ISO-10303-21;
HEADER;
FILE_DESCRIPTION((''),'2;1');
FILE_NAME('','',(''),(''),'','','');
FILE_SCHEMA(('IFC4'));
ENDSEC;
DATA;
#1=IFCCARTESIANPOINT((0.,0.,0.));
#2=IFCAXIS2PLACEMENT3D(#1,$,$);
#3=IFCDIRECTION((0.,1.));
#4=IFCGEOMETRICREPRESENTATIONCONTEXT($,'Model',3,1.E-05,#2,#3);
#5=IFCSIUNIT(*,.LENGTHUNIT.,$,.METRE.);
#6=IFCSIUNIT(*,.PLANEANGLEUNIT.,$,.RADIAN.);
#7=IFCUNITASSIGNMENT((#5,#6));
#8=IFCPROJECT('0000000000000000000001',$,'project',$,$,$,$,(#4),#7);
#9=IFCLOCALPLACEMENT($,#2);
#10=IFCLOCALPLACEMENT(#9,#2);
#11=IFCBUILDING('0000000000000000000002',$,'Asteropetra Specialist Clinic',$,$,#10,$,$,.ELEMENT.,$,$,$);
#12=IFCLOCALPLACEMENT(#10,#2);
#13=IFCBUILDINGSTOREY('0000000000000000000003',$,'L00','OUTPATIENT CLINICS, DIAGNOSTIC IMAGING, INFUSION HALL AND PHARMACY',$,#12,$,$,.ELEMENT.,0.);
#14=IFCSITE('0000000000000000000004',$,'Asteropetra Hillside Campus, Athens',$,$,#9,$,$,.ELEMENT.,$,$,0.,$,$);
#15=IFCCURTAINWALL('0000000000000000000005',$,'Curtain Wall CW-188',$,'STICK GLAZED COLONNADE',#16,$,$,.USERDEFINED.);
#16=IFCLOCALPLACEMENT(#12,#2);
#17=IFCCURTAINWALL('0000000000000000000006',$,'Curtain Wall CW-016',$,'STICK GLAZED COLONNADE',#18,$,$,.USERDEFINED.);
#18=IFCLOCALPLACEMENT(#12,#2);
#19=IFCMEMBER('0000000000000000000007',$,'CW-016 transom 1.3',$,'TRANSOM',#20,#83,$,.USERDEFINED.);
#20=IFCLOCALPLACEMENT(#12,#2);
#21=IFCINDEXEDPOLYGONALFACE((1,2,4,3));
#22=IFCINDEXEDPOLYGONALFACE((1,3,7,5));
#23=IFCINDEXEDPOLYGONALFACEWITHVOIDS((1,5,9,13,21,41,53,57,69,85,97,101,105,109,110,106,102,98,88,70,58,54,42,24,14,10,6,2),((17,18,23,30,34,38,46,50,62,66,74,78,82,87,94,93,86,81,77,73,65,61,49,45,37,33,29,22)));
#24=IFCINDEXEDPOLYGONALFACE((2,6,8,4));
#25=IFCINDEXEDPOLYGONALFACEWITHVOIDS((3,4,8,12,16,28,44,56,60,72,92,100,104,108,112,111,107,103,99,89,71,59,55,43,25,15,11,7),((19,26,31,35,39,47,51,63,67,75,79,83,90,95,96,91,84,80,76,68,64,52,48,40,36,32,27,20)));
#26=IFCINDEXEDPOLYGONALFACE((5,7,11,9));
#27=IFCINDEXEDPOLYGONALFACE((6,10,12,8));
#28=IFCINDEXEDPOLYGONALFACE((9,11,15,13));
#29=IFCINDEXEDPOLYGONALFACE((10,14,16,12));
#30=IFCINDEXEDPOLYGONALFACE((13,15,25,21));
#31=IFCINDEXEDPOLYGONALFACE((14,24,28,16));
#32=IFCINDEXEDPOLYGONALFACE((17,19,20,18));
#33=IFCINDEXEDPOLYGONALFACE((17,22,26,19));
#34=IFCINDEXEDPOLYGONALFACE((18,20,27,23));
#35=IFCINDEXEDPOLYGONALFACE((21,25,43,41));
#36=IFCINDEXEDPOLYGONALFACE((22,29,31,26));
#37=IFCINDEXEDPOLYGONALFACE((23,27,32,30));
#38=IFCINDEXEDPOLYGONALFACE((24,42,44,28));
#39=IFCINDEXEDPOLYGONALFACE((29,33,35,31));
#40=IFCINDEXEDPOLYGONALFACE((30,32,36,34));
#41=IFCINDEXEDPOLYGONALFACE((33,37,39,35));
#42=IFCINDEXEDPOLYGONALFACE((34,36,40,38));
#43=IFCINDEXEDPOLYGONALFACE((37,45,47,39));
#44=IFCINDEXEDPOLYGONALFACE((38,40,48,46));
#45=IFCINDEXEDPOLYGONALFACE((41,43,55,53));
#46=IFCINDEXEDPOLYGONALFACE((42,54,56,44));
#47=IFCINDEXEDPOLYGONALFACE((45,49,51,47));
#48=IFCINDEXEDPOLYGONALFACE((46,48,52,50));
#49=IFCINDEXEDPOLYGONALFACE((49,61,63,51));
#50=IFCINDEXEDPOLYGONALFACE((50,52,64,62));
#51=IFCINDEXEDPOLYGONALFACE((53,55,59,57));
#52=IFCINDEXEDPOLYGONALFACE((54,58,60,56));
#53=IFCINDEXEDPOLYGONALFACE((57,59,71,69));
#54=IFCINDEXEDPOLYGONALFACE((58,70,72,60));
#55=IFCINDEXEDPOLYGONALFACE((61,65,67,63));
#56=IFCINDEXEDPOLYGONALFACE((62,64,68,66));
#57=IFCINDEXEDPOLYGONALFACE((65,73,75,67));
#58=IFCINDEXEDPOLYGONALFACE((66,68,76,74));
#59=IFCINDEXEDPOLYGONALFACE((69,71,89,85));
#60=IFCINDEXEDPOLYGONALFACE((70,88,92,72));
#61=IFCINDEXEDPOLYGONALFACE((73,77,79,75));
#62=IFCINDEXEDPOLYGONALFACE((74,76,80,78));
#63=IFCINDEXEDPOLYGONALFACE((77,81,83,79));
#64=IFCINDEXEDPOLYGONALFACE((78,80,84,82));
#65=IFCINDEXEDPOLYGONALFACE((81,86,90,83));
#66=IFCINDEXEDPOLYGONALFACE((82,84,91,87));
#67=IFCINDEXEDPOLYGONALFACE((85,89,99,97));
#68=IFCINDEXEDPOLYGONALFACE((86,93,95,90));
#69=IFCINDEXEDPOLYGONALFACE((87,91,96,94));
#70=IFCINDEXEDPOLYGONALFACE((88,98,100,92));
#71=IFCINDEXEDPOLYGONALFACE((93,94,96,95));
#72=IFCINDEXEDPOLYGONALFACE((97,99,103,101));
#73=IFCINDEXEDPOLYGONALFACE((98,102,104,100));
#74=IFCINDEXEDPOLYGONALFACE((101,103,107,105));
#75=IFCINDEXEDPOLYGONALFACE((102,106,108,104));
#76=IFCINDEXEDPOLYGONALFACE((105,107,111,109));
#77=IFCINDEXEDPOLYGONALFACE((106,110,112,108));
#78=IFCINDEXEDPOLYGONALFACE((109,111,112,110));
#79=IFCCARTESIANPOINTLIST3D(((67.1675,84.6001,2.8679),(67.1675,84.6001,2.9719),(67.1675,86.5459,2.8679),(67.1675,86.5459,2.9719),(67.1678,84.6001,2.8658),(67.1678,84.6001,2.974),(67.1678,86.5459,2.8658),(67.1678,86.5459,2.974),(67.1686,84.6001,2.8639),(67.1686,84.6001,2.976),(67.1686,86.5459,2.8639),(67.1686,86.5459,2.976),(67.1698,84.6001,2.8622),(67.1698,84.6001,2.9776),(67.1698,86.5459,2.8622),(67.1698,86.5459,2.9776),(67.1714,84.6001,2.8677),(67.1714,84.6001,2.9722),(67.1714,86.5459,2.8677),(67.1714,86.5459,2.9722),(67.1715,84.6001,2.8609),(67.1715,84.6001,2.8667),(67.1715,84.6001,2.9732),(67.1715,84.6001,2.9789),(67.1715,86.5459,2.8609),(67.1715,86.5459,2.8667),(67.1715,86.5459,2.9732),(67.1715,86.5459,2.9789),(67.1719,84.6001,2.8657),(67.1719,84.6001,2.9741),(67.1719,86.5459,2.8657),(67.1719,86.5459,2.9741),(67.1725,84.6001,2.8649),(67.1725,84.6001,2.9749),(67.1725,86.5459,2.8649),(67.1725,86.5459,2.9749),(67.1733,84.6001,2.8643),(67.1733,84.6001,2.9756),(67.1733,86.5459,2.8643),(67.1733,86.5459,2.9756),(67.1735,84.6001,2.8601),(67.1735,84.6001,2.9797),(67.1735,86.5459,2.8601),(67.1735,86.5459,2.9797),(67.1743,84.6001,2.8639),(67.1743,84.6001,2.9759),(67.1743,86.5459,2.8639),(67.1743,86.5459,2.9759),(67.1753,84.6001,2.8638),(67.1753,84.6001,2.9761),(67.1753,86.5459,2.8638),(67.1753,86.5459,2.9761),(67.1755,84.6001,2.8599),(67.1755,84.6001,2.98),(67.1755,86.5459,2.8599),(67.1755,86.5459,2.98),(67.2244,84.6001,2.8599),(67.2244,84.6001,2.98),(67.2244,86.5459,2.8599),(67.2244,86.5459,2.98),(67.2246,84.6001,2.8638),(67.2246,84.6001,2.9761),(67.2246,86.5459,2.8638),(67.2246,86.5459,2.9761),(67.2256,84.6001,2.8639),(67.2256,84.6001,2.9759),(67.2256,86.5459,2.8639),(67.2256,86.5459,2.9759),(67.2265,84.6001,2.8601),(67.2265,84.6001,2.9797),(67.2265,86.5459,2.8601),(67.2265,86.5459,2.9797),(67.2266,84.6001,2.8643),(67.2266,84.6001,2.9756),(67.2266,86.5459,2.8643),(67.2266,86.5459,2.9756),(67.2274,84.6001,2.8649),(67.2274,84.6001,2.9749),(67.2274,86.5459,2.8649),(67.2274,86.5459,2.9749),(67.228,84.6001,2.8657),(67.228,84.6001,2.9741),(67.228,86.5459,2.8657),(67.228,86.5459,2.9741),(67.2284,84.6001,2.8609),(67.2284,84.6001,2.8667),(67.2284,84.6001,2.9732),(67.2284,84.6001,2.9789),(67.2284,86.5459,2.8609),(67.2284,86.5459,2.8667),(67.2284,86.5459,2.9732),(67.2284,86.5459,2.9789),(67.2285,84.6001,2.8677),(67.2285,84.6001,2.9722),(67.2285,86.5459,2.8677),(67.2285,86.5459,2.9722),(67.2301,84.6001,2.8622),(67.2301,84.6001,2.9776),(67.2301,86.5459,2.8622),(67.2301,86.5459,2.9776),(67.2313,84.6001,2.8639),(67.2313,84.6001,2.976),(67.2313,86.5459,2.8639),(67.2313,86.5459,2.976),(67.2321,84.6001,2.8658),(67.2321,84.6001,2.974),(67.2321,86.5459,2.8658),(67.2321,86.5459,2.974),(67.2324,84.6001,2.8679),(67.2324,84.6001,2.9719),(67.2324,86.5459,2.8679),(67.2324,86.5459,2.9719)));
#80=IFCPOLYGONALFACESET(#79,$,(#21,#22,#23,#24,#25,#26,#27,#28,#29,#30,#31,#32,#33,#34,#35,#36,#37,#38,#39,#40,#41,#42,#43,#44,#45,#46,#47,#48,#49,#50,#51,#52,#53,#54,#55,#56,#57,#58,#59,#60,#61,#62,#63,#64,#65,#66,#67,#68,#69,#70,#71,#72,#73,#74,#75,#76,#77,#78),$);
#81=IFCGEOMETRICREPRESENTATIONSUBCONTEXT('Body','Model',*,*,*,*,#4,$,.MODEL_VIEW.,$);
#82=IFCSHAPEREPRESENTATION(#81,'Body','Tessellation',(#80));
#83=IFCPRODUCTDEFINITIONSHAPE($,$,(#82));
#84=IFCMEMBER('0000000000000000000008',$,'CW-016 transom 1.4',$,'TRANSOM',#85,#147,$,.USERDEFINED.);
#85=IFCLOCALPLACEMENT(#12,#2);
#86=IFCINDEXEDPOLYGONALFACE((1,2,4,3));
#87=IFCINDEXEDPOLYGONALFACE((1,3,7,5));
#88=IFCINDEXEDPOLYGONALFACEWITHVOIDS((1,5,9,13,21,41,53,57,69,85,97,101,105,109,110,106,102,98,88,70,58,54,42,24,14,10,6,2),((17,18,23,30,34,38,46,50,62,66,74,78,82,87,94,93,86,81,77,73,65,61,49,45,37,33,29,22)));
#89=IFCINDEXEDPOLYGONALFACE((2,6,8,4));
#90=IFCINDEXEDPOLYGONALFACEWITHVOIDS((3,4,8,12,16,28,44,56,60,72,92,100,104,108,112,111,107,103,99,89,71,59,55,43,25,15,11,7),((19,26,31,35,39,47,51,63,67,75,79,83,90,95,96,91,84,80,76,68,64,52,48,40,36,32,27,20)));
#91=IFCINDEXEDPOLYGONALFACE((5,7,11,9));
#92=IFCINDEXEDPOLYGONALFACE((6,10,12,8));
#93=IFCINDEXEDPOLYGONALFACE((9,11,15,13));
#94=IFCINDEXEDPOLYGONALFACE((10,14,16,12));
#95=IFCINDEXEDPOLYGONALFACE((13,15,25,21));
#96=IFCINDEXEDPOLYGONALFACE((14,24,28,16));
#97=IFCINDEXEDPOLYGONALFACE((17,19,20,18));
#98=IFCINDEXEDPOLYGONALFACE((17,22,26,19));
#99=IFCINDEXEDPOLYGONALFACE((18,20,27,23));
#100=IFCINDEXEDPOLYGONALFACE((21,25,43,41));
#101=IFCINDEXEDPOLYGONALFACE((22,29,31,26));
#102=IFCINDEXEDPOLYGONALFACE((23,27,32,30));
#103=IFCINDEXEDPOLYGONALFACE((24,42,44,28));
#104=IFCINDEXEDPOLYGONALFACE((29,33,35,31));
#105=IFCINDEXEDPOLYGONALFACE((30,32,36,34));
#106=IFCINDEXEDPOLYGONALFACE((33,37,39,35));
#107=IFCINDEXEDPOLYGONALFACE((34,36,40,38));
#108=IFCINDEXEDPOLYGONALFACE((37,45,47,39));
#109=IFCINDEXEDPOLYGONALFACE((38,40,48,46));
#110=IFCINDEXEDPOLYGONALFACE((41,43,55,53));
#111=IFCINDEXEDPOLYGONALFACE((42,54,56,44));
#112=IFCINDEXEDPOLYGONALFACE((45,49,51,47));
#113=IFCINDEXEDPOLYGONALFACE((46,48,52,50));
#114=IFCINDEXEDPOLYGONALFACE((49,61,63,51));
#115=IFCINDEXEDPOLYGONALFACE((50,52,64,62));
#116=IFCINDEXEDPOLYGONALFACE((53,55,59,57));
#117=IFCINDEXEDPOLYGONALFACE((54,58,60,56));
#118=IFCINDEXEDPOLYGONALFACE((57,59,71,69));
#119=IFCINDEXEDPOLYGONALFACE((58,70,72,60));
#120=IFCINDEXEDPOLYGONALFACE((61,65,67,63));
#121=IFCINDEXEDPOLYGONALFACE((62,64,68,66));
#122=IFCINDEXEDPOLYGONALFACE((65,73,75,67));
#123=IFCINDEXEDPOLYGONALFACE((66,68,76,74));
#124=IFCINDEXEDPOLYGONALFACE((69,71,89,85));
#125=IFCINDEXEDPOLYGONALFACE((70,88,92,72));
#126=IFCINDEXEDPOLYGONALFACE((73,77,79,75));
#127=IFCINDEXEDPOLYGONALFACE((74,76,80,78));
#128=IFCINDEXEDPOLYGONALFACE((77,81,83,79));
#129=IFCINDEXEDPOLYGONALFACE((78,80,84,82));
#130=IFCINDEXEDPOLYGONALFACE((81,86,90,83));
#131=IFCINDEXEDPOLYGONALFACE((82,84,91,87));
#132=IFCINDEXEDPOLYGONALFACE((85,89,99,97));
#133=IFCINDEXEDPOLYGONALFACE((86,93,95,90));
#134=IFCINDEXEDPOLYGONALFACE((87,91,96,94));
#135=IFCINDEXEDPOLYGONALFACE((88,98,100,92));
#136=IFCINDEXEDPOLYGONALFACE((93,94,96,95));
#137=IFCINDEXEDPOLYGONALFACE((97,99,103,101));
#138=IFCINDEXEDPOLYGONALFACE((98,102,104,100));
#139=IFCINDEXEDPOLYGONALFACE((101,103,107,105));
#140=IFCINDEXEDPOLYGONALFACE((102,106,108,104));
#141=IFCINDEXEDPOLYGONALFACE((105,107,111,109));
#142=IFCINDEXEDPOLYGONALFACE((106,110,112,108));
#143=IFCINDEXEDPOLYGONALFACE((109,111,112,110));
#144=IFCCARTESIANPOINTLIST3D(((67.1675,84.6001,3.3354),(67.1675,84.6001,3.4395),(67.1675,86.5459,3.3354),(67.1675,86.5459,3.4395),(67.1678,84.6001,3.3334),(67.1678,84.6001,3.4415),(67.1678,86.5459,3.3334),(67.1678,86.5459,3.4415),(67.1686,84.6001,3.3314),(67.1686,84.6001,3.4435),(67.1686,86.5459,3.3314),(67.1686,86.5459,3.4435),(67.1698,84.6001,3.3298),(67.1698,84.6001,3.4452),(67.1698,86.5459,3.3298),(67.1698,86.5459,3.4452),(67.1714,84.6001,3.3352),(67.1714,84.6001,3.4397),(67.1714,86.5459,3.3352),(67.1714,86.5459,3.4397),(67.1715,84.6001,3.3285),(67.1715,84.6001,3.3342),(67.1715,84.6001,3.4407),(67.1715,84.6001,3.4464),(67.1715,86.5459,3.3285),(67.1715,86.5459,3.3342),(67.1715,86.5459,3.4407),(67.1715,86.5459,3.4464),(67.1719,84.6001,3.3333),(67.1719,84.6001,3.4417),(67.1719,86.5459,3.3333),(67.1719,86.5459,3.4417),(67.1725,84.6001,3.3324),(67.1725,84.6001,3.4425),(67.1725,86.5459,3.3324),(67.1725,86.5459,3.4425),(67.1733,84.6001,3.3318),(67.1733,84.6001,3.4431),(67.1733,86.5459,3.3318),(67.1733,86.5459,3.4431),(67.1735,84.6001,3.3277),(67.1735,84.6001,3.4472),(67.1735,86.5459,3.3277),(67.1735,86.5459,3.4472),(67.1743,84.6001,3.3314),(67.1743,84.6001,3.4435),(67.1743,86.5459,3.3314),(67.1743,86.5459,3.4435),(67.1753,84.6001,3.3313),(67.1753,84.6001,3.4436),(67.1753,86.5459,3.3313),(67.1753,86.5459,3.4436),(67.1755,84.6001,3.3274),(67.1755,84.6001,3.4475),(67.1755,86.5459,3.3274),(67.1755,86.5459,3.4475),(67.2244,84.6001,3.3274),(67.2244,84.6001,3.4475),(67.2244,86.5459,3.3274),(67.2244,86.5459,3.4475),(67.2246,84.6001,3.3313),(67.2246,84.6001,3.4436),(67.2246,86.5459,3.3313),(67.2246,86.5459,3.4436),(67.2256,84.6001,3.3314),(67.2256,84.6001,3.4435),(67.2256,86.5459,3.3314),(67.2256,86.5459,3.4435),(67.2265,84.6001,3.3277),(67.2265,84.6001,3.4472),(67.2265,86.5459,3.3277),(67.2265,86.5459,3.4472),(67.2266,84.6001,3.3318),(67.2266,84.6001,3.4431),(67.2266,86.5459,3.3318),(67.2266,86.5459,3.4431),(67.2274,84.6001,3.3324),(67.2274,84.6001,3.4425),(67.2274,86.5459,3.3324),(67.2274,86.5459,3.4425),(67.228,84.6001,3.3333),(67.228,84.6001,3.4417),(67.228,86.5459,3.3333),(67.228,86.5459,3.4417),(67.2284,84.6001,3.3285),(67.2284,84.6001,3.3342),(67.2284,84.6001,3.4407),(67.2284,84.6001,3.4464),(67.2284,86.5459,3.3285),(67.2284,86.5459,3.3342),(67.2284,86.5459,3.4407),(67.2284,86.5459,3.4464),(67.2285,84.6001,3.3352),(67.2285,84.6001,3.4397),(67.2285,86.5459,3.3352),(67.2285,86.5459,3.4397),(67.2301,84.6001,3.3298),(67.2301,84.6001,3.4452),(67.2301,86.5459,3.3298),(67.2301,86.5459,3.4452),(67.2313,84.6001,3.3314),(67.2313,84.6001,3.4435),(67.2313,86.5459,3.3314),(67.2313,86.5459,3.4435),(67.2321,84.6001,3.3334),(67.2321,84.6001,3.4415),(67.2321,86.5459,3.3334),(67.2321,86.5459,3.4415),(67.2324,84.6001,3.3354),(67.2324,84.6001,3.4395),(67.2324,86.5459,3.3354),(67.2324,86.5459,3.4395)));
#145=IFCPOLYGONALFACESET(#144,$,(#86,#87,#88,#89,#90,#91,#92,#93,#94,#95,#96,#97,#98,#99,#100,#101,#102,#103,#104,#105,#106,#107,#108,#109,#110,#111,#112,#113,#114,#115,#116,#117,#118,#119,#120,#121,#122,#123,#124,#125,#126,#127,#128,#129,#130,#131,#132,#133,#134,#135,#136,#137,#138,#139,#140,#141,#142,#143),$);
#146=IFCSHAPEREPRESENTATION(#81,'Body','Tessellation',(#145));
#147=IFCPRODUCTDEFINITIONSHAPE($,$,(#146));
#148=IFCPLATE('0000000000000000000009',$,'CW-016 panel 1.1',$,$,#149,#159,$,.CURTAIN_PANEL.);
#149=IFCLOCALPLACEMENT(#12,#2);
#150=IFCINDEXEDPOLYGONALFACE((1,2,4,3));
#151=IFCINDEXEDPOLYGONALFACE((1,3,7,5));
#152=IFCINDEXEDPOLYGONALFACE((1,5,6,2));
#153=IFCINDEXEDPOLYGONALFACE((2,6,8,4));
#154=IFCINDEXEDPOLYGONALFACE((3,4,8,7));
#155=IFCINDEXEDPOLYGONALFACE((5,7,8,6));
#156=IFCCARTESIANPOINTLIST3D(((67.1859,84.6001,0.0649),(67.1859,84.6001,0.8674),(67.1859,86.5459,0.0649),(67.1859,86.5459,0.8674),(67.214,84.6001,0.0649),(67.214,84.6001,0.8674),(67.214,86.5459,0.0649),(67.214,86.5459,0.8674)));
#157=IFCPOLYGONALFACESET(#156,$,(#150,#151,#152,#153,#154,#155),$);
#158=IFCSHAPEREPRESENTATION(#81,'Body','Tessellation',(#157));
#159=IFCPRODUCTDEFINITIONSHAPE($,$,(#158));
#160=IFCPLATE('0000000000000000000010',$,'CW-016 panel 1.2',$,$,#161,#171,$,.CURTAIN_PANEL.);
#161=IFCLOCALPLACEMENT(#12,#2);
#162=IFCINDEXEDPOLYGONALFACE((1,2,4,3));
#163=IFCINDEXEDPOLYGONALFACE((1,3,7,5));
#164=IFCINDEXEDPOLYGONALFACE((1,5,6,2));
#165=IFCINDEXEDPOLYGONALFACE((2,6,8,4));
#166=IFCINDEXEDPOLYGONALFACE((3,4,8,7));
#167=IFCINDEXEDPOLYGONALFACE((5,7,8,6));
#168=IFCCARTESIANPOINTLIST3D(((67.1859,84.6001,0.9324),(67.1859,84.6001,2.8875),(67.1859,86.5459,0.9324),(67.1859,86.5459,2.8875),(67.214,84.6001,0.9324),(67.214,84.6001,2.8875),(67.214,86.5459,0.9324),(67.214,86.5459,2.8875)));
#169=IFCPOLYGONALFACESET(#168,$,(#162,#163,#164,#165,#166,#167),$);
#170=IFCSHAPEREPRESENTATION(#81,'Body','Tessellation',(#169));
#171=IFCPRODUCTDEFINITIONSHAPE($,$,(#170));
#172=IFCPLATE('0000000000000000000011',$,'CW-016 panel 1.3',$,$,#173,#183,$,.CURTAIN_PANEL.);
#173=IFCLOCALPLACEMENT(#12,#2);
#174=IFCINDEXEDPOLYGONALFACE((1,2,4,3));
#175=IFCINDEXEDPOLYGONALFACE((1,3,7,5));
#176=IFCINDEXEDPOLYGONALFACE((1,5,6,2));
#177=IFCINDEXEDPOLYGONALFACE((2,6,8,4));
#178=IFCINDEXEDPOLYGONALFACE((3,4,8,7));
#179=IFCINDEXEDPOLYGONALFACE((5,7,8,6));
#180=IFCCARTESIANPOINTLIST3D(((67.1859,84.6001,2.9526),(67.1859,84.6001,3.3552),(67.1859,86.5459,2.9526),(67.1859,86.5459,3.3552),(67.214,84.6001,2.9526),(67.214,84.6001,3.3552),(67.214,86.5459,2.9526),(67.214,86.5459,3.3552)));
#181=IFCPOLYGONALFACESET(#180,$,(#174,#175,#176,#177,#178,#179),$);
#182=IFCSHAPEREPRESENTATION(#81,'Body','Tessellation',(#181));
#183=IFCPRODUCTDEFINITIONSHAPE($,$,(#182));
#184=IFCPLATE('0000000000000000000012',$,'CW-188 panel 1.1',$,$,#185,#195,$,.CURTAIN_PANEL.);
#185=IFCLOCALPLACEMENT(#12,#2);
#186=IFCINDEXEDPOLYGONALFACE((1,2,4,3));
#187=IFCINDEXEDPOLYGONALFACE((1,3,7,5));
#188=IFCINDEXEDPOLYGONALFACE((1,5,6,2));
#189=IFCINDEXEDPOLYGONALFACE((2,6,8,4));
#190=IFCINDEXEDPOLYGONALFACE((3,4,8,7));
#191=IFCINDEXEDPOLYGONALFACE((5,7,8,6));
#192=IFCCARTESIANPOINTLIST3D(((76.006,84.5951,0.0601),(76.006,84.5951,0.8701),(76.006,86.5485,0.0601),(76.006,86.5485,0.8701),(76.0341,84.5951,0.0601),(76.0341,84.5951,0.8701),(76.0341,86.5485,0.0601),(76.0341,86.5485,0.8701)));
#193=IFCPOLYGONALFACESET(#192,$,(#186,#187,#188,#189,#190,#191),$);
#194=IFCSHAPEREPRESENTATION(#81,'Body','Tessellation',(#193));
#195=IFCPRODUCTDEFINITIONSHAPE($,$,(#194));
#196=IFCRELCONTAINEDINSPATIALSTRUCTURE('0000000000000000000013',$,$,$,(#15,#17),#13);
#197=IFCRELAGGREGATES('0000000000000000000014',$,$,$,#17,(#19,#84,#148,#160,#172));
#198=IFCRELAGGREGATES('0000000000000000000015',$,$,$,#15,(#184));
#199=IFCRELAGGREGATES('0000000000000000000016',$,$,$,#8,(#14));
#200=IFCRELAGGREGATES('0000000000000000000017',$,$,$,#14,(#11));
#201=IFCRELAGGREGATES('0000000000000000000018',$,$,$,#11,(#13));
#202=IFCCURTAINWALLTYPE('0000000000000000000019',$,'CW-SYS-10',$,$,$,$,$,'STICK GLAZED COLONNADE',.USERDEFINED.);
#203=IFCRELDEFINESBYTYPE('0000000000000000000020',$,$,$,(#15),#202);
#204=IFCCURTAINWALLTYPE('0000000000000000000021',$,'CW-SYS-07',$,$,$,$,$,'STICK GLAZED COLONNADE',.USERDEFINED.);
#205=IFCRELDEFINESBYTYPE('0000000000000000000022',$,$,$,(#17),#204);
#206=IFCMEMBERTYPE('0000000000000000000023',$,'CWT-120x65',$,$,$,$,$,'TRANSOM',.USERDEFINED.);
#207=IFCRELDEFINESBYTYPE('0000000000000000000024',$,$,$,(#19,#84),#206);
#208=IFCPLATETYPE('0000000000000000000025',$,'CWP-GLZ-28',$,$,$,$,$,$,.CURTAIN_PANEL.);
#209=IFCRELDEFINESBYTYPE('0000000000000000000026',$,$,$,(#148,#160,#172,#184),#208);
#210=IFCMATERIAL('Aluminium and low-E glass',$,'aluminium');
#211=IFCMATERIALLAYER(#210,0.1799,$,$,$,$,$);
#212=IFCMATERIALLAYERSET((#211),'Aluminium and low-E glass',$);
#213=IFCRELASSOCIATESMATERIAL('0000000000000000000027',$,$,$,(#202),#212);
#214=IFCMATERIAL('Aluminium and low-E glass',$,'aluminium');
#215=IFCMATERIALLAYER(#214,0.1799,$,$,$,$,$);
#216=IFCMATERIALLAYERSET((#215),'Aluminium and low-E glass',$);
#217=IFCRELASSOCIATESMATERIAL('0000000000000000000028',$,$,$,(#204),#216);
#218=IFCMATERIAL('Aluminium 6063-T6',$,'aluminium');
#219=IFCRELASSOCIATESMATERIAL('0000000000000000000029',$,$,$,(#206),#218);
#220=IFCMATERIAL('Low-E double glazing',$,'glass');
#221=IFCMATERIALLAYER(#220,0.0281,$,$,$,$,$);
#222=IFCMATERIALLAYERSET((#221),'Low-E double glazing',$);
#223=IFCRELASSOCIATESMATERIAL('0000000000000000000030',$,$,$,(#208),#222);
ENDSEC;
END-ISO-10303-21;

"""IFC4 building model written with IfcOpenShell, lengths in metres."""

from ifc_helpers import new_model, si_unit, direction, frame, origin, origin_2d, place, context, subcontext, project, spatial, rectangle, hollow_rectangle, extrude, material, layer, layer_set, material_profile, profile_set, type_object, element, aggregate, save


model = new_model("IFC4")

# Units and contexts
model_context = context("Model", 3, precision=1e-05, world=origin(), true_north=direction((0.0, 1.0)))
body_context = subcontext(model_context, "Body", "Model", "MODEL_VIEW")
ifc_project = project(units=[si_unit("LENGTHUNIT", "METRE"), si_unit("PLANEANGLEUNIT", "RADIAN")], contexts=[model_context])

# Site, building, storey
site_placement = place(None, origin())
site = spatial("IfcSite", under=ifc_project, at=site_placement, Name="Asteropetra Hillside Campus, Athens", CompositionType="ELEMENT", RefElevation=0.0)
building_placement = place(site_placement, origin())
building = spatial("IfcBuilding", under=site, at=building_placement, Name="Asteropetra Specialist Clinic", CompositionType="ELEMENT")
storey_placement = place(building_placement, origin())
storey = spatial("IfcBuildingStorey", under=building, at=storey_placement, Name="L00", Description="OUTPATIENT CLINICS, DIAGNOSTIC IMAGING, INFUSION HALL AND PHARMACY", CompositionType="ELEMENT", Elevation=0.0)

# Curtain walls
ifc_material_1 = material(Name="Aluminium and low-E glass", Category="aluminium")
ifc_layer_1 = layer(ifc_material_1, 0.1799)
ifc_layer_set_1 = layer_set([ifc_layer_1], Name="Aluminium and low-E glass")
curtain_wall_type_1 = type_object("IfcCurtainWallType", Name="CW-SYS-10", ElementType="STICK GLAZED COLONNADE", PredefinedType="USERDEFINED", material=ifc_layer_set_1)
curtain_wall_1_placement = place(storey_placement, origin())
curtain_wall_1 = element("IfcCurtainWall", 1, at=curtain_wall_1_placement, inside=storey, type_object=curtain_wall_type_1, Name="Curtain Wall CW-188", ObjectType="STICK GLAZED COLONNADE", PredefinedType="USERDEFINED")
ifc_material_2 = material(Name="Aluminium and low-E glass", Category="aluminium")
ifc_layer_2 = layer(ifc_material_2, 0.1799)
ifc_layer_set_2 = layer_set([ifc_layer_2], Name="Aluminium and low-E glass")
curtain_wall_type_2 = type_object("IfcCurtainWallType", Name="CW-SYS-07", ElementType="STICK GLAZED COLONNADE", PredefinedType="USERDEFINED", material=ifc_layer_set_2)
curtain_wall_2_placement = place(storey_placement, origin())
curtain_wall_2 = element("IfcCurtainWall", 2, at=curtain_wall_2_placement, inside=storey, type_object=curtain_wall_type_2, Name="Curtain Wall CW-016", ObjectType="STICK GLAZED COLONNADE", PredefinedType="USERDEFINED")

# Members
ifc_material_3 = material(Name="Aluminium 6063-T6", Category="aluminium")
ifc_material_profile_1 = material_profile(ifc_material_3, hollow_rectangle(XDim=0.0649, YDim=0.1201, WallThickness=0.0039, InnerFilletRadius=0.0039, OuterFilletRadius=0.0081, at=origin_2d()), Name="TRN 120x65x4.0")
ifc_profile_set_1 = profile_set([ifc_material_profile_1], Name="Aluminium 6063-T6")
member_type_1 = type_object("IfcMemberType", Name="CWT-120x65", ElementType="TRANSOM", PredefinedType="USERDEFINED", material=ifc_profile_set_1)
member_1_placement = place(storey_placement, frame((67.2, 84.6001, 2.9199), z_axis=(0.0, 1.0, 0.0), x_axis=(-1.0, 0.0, 0.0)))
member_1 = element("IfcMember", 3, at=member_1_placement, type_object=member_type_1, Name="CW-016 transom 1.3", ObjectType="TRANSOM", PredefinedType="USERDEFINED", context=body_context, shape_type="SweptSolid", body=[
    extrude(hollow_rectangle(XDim=0.0649, YDim=0.1201, WallThickness=0.0039, InnerFilletRadius=0.0039, OuterFilletRadius=0.0081, at=origin_2d()), origin(), (0.0, 0.0, 1.0), 1.9458),
])
member_2_placement = place(storey_placement, frame((67.2, 84.6001, 3.3875), z_axis=(0.0, 1.0, 0.0), x_axis=(-1.0, 0.0, 0.0)))
member_2 = element("IfcMember", 4, at=member_2_placement, type_object=member_type_1, Name="CW-016 transom 1.4", ObjectType="TRANSOM", PredefinedType="USERDEFINED", context=body_context, shape_type="SweptSolid", body=[
    extrude(hollow_rectangle(XDim=0.0649, YDim=0.1201, WallThickness=0.0039, InnerFilletRadius=0.0039, OuterFilletRadius=0.0081, at=origin_2d()), origin(), (0.0, 0.0, 1.0), 1.9458),
])

# Plates
ifc_material_4 = material(Name="Low-E double glazing", Category="glass")
ifc_layer_3 = layer(ifc_material_4, 0.0281)
ifc_layer_set_3 = layer_set([ifc_layer_3], Name="Low-E double glazing")
plate_type = type_object("IfcPlateType", Name="CWP-GLZ-28", PredefinedType="CURTAIN_PANEL", material=ifc_layer_set_3)
plate_1_placement = place(storey_placement, frame((67.2, 85.573, 0.0649), z_axis=(0.0, 0.0, 1.0), x_axis=(0.0, 1.0, 0.0)))
plate_1 = element("IfcPlate", 5, at=plate_1_placement, type_object=plate_type, Name="CW-016 panel 1.1", PredefinedType="CURTAIN_PANEL", context=body_context, shape_type="SweptSolid", body=[
    extrude(rectangle(XDim=1.9458, YDim=0.0281, at=origin_2d()), origin(), (0.0, 0.0, 1.0), 0.8025),
])
plate_2_placement = place(storey_placement, frame((67.2, 85.573, 0.9324), z_axis=(0.0, 0.0, 1.0), x_axis=(0.0, 1.0, 0.0)))
plate_2 = element("IfcPlate", 6, at=plate_2_placement, type_object=plate_type, Name="CW-016 panel 1.2", PredefinedType="CURTAIN_PANEL", context=body_context, shape_type="SweptSolid", body=[
    extrude(rectangle(XDim=1.9458, YDim=0.0281, at=origin_2d()), origin(), (0.0, 0.0, 1.0), 1.9551),
])
plate_3_placement = place(storey_placement, frame((67.2, 85.573, 2.9526), z_axis=(0.0, 0.0, 1.0), x_axis=(0.0, 1.0, 0.0)))
plate_3 = element("IfcPlate", 7, at=plate_3_placement, type_object=plate_type, Name="CW-016 panel 1.3", PredefinedType="CURTAIN_PANEL", context=body_context, shape_type="SweptSolid", body=[
    extrude(rectangle(XDim=1.9458, YDim=0.0281, at=origin_2d()), origin(), (0.0, 0.0, 1.0), 0.4026),
])
aggregate(curtain_wall_2, [member_1, member_2, plate_1, plate_2, plate_3])
plate_4_placement = place(storey_placement, frame((76.02, 85.5718, 0.0601), z_axis=(0.0, 0.0, 1.0), x_axis=(0.0, 1.0, 0.0)))
plate_4 = element("IfcPlate", 8, at=plate_4_placement, type_object=plate_type, Name="CW-188 panel 1.1", PredefinedType="CURTAIN_PANEL", context=body_context, shape_type="SweptSolid", body=[
    extrude(rectangle(XDim=1.9534, YDim=0.0281, at=origin_2d()), origin(), (0.0, 0.0, 1.0), 0.8101),
])
aggregate(curtain_wall_1, [plate_4])

save(model, "model.ifc")
